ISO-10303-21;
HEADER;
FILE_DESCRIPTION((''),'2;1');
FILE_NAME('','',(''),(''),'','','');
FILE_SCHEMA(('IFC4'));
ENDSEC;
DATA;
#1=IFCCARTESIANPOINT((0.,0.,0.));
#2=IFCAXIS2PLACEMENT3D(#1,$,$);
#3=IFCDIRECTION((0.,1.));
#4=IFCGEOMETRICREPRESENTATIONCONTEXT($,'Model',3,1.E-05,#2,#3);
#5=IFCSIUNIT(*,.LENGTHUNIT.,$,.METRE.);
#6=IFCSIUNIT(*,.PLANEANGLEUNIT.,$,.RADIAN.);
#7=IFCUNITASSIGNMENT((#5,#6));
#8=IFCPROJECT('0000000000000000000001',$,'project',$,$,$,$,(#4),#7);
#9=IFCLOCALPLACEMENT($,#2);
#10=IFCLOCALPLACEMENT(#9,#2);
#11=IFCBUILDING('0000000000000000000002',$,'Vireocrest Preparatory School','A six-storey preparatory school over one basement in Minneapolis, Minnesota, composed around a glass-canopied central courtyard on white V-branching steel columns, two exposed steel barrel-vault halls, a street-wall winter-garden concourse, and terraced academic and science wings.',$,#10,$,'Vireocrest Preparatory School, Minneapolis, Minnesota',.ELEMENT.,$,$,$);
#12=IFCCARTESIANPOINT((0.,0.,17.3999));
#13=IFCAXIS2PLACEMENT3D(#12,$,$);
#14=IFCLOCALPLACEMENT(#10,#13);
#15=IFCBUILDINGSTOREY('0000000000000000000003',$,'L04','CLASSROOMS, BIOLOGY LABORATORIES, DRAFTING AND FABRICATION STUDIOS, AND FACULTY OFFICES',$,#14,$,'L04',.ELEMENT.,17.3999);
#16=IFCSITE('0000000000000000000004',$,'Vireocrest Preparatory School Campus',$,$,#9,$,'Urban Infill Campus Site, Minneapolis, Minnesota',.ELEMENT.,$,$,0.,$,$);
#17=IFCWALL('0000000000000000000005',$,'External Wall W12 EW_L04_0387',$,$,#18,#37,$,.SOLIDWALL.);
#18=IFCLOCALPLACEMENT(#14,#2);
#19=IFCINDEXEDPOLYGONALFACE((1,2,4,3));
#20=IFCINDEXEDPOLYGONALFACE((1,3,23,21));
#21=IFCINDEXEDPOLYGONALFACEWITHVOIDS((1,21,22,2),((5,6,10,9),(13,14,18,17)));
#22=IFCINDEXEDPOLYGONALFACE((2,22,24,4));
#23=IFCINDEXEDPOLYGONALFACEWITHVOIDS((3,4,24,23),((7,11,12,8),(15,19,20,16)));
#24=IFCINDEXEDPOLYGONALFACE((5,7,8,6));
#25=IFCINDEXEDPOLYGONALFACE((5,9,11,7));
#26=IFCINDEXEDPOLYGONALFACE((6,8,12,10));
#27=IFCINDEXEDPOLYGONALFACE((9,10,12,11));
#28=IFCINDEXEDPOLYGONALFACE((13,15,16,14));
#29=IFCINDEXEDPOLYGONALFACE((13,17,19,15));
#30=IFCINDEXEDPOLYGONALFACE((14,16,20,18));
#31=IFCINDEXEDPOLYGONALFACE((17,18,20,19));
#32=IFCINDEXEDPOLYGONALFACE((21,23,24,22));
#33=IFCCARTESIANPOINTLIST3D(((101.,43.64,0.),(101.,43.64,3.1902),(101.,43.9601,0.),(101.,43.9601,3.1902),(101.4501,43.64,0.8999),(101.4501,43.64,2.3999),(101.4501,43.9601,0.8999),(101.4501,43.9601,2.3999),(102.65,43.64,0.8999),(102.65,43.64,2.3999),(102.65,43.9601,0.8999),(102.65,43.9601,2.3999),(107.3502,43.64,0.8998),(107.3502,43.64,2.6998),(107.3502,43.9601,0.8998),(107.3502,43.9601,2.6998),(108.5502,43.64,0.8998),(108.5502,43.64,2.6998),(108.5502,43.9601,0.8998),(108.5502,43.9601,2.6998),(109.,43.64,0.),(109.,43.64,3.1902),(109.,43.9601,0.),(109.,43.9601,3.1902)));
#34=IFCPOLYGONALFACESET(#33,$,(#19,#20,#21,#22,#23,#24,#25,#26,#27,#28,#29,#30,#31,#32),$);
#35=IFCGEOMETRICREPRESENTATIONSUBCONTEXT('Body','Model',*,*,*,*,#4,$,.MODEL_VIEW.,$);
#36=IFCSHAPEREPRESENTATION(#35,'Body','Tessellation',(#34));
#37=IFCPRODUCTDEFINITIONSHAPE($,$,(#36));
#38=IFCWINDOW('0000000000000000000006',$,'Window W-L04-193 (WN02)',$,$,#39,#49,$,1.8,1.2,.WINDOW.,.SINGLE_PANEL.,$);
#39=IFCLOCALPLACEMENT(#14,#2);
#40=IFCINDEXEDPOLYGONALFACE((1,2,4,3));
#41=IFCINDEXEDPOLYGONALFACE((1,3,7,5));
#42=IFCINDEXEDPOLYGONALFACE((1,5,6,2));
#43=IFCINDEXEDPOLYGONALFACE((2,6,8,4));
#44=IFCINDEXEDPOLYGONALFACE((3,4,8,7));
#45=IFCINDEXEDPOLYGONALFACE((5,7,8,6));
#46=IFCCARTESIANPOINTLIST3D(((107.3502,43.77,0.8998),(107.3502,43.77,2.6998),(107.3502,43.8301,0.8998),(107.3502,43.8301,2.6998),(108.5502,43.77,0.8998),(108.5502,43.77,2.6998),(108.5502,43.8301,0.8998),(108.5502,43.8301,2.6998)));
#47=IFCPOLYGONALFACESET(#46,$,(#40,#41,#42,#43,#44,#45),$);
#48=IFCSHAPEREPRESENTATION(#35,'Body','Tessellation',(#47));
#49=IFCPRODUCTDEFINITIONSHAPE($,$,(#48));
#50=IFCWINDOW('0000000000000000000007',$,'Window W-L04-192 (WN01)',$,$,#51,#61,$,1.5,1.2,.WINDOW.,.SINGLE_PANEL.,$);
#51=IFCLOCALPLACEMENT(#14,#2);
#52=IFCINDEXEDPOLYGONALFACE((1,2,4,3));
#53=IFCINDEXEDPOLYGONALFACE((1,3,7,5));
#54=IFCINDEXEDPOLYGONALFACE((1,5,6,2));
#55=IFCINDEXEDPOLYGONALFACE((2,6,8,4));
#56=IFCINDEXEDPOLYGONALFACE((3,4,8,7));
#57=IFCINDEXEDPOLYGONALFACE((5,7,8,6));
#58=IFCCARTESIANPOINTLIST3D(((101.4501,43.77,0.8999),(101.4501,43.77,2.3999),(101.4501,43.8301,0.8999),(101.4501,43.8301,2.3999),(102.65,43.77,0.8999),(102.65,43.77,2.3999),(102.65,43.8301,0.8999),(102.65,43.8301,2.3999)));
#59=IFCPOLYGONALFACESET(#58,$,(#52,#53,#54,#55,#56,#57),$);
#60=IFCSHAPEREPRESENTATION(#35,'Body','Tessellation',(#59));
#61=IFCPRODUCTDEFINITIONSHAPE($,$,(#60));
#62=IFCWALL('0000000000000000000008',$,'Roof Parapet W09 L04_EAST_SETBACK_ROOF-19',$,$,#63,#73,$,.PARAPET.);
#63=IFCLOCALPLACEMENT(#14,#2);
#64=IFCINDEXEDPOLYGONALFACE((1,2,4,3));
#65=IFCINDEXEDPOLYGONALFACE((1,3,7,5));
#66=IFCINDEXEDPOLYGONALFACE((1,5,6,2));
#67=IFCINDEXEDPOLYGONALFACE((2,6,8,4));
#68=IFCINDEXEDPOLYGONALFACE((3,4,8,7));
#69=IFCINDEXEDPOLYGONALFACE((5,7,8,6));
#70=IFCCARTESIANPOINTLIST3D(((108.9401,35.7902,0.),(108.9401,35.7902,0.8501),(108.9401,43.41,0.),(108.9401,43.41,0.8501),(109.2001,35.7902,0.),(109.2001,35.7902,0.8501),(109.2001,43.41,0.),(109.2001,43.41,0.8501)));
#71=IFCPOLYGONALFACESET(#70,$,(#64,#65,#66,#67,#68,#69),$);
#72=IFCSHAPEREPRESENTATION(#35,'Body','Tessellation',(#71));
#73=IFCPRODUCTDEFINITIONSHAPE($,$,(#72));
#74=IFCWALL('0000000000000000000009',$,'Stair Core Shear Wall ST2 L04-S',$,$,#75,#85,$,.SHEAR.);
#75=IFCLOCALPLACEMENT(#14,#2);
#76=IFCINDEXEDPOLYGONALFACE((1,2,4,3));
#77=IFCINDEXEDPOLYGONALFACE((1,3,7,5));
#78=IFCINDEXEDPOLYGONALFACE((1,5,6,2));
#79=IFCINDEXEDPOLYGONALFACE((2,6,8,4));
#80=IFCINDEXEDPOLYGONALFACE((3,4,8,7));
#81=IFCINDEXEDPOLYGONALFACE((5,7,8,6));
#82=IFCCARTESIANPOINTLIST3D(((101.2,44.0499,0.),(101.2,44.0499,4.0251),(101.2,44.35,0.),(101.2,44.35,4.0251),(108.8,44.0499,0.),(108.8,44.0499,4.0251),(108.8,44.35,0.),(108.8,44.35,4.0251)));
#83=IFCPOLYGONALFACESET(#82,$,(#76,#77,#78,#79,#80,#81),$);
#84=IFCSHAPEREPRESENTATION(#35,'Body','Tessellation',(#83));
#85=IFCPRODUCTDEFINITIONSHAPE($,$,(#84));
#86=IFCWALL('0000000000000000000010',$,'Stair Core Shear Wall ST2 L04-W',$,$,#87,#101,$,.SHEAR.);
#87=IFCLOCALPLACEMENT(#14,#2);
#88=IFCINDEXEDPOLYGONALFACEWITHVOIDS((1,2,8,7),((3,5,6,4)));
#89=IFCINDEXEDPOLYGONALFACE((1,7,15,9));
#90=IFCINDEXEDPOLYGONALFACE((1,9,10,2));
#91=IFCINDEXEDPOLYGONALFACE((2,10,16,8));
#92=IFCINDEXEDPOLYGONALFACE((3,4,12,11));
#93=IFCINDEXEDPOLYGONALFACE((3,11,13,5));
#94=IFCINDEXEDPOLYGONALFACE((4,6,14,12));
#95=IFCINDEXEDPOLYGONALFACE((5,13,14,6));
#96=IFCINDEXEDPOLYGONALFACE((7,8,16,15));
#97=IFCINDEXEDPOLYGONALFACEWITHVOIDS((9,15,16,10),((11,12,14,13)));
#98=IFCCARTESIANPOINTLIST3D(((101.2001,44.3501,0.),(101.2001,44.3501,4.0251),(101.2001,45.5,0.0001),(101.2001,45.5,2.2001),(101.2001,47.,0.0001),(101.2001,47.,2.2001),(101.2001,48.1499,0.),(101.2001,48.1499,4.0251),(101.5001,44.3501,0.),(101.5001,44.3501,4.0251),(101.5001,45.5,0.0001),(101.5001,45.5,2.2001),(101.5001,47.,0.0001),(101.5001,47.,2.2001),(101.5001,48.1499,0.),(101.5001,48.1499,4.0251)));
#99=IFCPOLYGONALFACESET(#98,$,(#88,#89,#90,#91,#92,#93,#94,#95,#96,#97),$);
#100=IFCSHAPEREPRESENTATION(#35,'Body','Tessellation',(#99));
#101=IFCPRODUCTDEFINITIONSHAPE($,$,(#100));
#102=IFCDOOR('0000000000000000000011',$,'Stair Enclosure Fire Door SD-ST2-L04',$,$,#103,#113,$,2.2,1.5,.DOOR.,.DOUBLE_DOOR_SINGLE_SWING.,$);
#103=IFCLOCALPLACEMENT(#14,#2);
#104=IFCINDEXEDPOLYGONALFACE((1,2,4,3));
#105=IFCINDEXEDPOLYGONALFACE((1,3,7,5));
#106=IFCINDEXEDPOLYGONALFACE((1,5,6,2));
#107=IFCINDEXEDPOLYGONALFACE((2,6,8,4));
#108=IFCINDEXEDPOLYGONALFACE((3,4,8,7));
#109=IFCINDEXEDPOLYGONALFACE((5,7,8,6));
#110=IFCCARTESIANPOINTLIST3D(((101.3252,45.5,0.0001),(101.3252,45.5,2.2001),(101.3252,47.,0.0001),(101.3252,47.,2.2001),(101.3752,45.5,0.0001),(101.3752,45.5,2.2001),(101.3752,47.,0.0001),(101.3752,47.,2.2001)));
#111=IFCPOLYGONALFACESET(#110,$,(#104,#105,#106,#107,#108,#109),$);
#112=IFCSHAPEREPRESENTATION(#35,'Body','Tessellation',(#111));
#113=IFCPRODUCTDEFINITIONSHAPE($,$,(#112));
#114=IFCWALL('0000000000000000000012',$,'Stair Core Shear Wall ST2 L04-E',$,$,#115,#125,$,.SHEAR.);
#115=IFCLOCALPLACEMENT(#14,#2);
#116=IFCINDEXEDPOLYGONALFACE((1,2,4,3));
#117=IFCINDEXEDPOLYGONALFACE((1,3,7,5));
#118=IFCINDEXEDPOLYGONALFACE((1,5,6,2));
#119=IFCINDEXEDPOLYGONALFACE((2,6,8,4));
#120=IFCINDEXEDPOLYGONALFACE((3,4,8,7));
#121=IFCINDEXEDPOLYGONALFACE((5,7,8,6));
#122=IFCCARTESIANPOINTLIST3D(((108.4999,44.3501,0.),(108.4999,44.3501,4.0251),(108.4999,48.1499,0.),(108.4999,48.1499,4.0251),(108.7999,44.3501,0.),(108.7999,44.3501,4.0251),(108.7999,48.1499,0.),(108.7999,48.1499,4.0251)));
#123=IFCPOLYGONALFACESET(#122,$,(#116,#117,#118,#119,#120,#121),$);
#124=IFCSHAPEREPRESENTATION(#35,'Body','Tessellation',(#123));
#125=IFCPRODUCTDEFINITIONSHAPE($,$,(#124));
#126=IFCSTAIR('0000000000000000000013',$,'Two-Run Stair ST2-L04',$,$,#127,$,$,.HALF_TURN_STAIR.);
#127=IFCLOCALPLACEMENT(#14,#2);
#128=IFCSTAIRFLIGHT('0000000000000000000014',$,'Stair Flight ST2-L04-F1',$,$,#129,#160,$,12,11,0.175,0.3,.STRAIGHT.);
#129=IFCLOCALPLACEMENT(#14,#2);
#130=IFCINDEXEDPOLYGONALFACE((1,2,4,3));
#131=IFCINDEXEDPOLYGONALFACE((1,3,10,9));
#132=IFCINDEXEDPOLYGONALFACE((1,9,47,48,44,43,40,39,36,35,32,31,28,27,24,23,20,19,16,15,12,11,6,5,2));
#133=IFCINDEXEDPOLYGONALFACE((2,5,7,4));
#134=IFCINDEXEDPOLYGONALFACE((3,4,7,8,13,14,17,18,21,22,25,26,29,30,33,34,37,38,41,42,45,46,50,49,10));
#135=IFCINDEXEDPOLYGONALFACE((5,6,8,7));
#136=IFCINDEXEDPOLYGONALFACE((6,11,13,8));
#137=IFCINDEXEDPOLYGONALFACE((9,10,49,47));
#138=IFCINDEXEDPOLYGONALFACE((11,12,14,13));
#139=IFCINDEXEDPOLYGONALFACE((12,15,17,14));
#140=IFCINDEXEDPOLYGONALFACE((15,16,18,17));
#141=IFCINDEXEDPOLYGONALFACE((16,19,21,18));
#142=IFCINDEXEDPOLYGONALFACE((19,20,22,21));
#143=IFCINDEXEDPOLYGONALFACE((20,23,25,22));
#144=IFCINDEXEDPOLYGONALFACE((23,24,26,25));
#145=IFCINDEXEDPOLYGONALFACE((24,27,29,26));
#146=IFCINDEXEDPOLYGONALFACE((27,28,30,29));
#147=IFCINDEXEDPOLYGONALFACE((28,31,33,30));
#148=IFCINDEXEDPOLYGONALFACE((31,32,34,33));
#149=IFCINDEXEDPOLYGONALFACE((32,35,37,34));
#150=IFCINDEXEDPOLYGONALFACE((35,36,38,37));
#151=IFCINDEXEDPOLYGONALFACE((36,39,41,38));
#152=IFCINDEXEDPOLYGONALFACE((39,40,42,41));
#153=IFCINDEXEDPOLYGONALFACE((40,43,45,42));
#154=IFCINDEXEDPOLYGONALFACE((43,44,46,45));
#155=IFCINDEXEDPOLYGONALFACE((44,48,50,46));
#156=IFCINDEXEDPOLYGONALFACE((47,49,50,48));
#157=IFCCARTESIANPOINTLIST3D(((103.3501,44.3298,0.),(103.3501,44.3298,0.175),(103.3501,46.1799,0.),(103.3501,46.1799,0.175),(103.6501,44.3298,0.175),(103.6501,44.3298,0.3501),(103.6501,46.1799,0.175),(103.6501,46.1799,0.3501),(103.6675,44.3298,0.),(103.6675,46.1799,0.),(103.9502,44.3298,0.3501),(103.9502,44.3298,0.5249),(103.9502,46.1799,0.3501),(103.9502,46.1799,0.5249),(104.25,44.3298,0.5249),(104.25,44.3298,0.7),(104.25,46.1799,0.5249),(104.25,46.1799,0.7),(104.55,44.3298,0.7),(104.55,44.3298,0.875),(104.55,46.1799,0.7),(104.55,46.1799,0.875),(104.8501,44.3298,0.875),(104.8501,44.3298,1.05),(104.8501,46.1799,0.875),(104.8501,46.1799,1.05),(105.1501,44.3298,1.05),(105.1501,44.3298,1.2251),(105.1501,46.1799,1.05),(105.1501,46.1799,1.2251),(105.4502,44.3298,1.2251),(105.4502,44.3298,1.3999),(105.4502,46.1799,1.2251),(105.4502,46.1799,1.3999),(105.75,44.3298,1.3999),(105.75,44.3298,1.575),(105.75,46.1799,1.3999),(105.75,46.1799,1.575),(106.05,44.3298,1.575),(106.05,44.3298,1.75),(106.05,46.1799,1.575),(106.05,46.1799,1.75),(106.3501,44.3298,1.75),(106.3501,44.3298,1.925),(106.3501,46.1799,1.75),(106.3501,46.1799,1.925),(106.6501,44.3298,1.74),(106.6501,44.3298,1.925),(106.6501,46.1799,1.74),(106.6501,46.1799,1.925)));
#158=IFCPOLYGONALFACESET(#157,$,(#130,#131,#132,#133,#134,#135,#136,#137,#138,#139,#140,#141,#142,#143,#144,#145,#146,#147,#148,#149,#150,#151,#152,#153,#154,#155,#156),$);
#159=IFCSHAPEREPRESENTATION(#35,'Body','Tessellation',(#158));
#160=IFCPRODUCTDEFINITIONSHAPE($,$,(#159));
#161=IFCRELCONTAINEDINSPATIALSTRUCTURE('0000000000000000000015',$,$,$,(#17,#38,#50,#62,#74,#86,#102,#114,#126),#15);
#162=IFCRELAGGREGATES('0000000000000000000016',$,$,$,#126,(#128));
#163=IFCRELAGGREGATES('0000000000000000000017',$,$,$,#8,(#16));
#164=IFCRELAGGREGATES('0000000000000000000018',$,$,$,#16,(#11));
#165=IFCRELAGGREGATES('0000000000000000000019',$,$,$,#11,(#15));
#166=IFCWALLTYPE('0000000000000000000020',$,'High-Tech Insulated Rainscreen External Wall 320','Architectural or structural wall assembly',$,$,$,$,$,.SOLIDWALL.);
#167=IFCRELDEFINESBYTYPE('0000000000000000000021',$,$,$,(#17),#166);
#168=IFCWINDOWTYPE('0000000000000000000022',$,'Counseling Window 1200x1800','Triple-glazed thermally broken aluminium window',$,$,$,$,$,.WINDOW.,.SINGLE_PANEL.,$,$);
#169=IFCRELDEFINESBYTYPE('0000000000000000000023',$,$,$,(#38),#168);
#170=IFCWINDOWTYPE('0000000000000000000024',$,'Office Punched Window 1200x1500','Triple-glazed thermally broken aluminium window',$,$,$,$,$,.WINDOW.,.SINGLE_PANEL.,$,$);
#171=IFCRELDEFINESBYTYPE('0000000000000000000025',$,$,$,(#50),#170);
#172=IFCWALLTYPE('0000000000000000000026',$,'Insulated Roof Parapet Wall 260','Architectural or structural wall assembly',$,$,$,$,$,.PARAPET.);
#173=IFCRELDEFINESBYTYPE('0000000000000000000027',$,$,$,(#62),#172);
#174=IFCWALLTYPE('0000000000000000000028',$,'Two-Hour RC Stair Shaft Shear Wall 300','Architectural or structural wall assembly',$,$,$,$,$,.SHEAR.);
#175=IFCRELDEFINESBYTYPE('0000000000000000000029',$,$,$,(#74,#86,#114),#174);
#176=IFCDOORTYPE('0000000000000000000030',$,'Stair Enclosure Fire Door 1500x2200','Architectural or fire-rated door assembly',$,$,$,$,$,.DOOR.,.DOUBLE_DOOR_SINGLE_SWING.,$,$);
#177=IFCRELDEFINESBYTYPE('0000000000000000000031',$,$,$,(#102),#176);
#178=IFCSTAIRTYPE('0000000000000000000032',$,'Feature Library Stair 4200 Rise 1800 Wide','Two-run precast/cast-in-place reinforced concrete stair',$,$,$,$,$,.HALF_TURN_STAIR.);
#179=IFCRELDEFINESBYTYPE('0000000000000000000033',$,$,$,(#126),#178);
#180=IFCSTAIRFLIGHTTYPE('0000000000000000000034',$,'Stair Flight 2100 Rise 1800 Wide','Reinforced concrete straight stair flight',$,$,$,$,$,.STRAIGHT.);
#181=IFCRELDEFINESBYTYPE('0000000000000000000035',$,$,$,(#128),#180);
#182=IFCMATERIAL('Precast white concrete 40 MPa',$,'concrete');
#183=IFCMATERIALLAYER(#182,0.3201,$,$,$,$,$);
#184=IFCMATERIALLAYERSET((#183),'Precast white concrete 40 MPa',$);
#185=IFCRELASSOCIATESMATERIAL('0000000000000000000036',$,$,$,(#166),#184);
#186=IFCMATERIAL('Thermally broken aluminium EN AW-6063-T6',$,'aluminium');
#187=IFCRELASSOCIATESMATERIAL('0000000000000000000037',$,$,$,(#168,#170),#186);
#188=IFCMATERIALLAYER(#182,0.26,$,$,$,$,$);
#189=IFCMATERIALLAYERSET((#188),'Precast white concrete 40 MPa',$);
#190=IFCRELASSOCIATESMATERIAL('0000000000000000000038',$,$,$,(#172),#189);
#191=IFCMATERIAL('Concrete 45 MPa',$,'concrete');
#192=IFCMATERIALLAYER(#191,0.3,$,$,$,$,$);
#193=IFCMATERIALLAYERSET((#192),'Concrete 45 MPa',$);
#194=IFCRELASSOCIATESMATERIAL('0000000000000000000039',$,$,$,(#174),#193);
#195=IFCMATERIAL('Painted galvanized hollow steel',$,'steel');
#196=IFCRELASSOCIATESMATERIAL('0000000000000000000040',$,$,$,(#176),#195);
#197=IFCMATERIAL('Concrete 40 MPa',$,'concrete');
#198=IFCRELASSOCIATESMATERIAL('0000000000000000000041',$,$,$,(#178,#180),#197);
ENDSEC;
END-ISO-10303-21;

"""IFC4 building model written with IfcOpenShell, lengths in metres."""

from ifc_helpers import new_model, si_unit, direction, frame, frame_2d, origin, place, context, subcontext, project, spatial, polyline, rectangle, outline, extrude, material, layer, layer_set, type_object, element, fill, aggregate, save


model = new_model("IFC4")

# Units and contexts
model_context = context("Model", 3, precision=1e-05, world=origin(), true_north=direction((0.0, 1.0)))
body_context = subcontext(model_context, "Body", "Model", "MODEL_VIEW")
ifc_project = project(units=[si_unit("LENGTHUNIT", "METRE"), si_unit("PLANEANGLEUNIT", "RADIAN")], contexts=[model_context])

# Site, building, storey
site_placement = place(None, origin())
site = spatial("IfcSite", under=ifc_project, at=site_placement, Name="Vireocrest Preparatory School Campus", LongName="Urban Infill Campus Site, Minneapolis, Minnesota", CompositionType="ELEMENT", RefElevation=0.0)
building_placement = place(site_placement, origin())
building = spatial("IfcBuilding", under=site, at=building_placement, Name="Vireocrest Preparatory School", Description="A six-storey preparatory school over one basement in Minneapolis, Minnesota, composed around a glass-canopied central courtyard on white V-branching steel columns, two exposed steel barrel-vault halls, a street-wall winter-garden concourse, and terraced academic and science wings.", LongName="Vireocrest Preparatory School, Minneapolis, Minnesota", CompositionType="ELEMENT")
storey_placement = place(building_placement, frame((0.0, 0.0, 17.3999)))
storey = spatial("IfcBuildingStorey", under=building, at=storey_placement, Name="L04", Description="CLASSROOMS, BIOLOGY LABORATORIES, DRAFTING AND FABRICATION STUDIOS, AND FACULTY OFFICES", LongName="L04", CompositionType="ELEMENT", Elevation=17.3999)

# Shared definitions
ifc_material_1 = material(Name="Concrete 45 MPa", Category="concrete")

# Shared definitions
ifc_material_2 = material(Name="Thermally broken aluminium EN AW-6063-T6", Category="aluminium")

# Shared definitions
ifc_material_3 = material(Name="Concrete 40 MPa", Category="concrete")

# Wall, openings, windows
ifc_material_4 = material(Name="Precast white concrete 40 MPa", Category="concrete")
ifc_layer_1 = layer(ifc_material_4, 0.3201)
ifc_layer_set_1 = layer_set([ifc_layer_1], Name="Precast white concrete 40 MPa")
wall_type_1 = type_object("IfcWallType", Name="High-Tech Insulated Rainscreen External Wall 320", Description="Architectural or structural wall assembly", PredefinedType="SOLIDWALL", material=ifc_layer_set_1)
wall_1_placement = place(storey_placement, frame((101.0, 43.8, 0.0), z_axis=(0.0, 0.0, 1.0), x_axis=(1.0, 0.0, 0.0)))
wall_1 = element("IfcWall", 1, at=wall_1_placement, inside=storey, type_object=wall_type_1, Name="External Wall W12 EW_L04_0387", PredefinedType="SOLIDWALL", context=body_context, shape_type="SweptSolid", body=[
    extrude(rectangle(XDim=8.0, YDim=0.3201, at=frame_2d((4.0, 0.0))), origin(), (0.0, 0.0, 1.0), 3.1902),
])
opening_1_placement = place(wall_1_placement, frame((0.45, 0.0, 0.8999)))
opening_1 = element("IfcOpeningElement", 2, at=opening_1_placement, cuts=wall_1, PredefinedType="OPENING", context=body_context, shape_type="SweptSolid", body=[
    extrude(rectangle(XDim=1.2, YDim=1.5, at=frame_2d((0.6001, 0.75))), frame((0.0, 0.1699, 0.0), z_axis=(0.0, -1.0, 0.0), x_axis=(1.0, 0.0, 0.0)), (0.0, 0.0, 1.0), 0.3401),
])
opening_2_placement = place(wall_1_placement, frame((6.3501, 0.0, 0.8999)))
opening_2 = element("IfcOpeningElement", 3, at=opening_2_placement, cuts=wall_1, PredefinedType="OPENING", context=body_context, shape_type="SweptSolid", body=[
    extrude(rectangle(XDim=1.2, YDim=1.8, at=frame_2d((0.6001, 0.8999))), frame((0.0, 0.1699, 0.0), z_axis=(0.0, -1.0, 0.0), x_axis=(1.0, 0.0, 0.0)), (0.0, 0.0, 1.0), 0.3401),
])
window_type_1 = type_object("IfcWindowType", Name="Counseling Window 1200x1800", Description="Triple-glazed thermally broken aluminium window", PartitioningType="SINGLE_PANEL", PredefinedType="WINDOW", material=ifc_material_2)
window_1_placement = place(opening_2_placement, origin())
window_1 = element("IfcWindow", 4, at=window_1_placement, inside=storey, type_object=window_type_1, Name="Window W-L04-193 (WN02)", OverallHeight=1.8, OverallWidth=1.2, PartitioningType="SINGLE_PANEL", PredefinedType="WINDOW", context=body_context, shape_type="SweptSolid", body=[
    extrude(rectangle(XDim=1.2, YDim=1.8, at=frame_2d((0.6001, 0.8999))), frame((0.0, 0.03, 0.0), z_axis=(0.0, -1.0, 0.0), x_axis=(1.0, 0.0, 0.0)), (0.0, 0.0, 1.0), 0.0601),
])
fill(opening_2, window_1)
window_type_2 = type_object("IfcWindowType", Name="Office Punched Window 1200x1500", Description="Triple-glazed thermally broken aluminium window", PartitioningType="SINGLE_PANEL", PredefinedType="WINDOW", material=ifc_material_2)
window_2_placement = place(opening_1_placement, origin())
window_2 = element("IfcWindow", 5, at=window_2_placement, inside=storey, type_object=window_type_2, Name="Window W-L04-192 (WN01)", OverallHeight=1.5, OverallWidth=1.2, PartitioningType="SINGLE_PANEL", PredefinedType="WINDOW", context=body_context, shape_type="SweptSolid", body=[
    extrude(rectangle(XDim=1.2, YDim=1.5, at=frame_2d((0.6001, 0.75))), frame((0.0, 0.03, 0.0), z_axis=(0.0, -1.0, 0.0), x_axis=(1.0, 0.0, 0.0)), (0.0, 0.0, 1.0), 0.0601),
])
fill(opening_1, window_2)

# Walls
ifc_layer_2 = layer(ifc_material_4, 0.26)
ifc_layer_set_2 = layer_set([ifc_layer_2], Name="Precast white concrete 40 MPa")
wall_type_2 = type_object("IfcWallType", Name="Insulated Roof Parapet Wall 260", Description="Architectural or structural wall assembly", PredefinedType="PARAPET", material=ifc_layer_set_2)
wall_2_placement = place(storey_placement, frame((109.0701, 35.79, 0.0), z_axis=(0.0, 0.0, 1.0), x_axis=(0.0, 1.0, 0.0)))
element("IfcWall", 6, at=wall_2_placement, inside=storey, type_object=wall_type_2, Name="Roof Parapet W09 L04_EAST_SETBACK_ROOF-19", PredefinedType="PARAPET", context=body_context, shape_type="SweptSolid", body=[
    extrude(rectangle(XDim=7.6199, YDim=0.26, at=frame_2d((3.8101, 0.0))), origin(), (0.0, 0.0, 1.0), 0.8501),
])
ifc_layer_3 = layer(ifc_material_1, 0.3)
ifc_layer_set_3 = layer_set([ifc_layer_3], Name="Concrete 45 MPa")
wall_type_3 = type_object("IfcWallType", Name="Two-Hour RC Stair Shaft Shear Wall 300", Description="Architectural or structural wall assembly", PredefinedType="SHEAR", material=ifc_layer_set_3)
wall_3_placement = place(storey_placement, frame((101.2, 44.2, 0.0), z_axis=(0.0, 0.0, 1.0), x_axis=(1.0, 0.0, 0.0)))
element("IfcWall", 7, at=wall_3_placement, inside=storey, type_object=wall_type_3, Name="Stair Core Shear Wall ST2 L04-S", PredefinedType="SHEAR", context=body_context, shape_type="SweptSolid", body=[
    extrude(rectangle(XDim=7.6001, YDim=0.3, at=frame_2d((3.8, 0.0))), origin(), (0.0, 0.0, 1.0), 4.0251),
])

# Wall, opening, door
wall_4_placement = place(storey_placement, frame((101.3501, 44.3501, 0.0), z_axis=(0.0, 0.0, 1.0), x_axis=(0.0, 1.0, 0.0)))
wall_4 = element("IfcWall", 8, at=wall_4_placement, inside=storey, type_object=wall_type_3, Name="Stair Core Shear Wall ST2 L04-W", PredefinedType="SHEAR", context=body_context, shape_type="SweptSolid", body=[
    extrude(rectangle(XDim=3.7998, YDim=0.3, at=frame_2d((1.8999, 0.0))), origin(), (0.0, 0.0, 1.0), 4.0251),
])
opening_3_placement = place(wall_4_placement, frame((1.1499, 0.0, 0.0)))
opening_3 = element("IfcOpeningElement", 9, at=opening_3_placement, cuts=wall_4, PredefinedType="OPENING", context=body_context, shape_type="SweptSolid", body=[
    extrude(rectangle(XDim=1.5, YDim=2.2, at=frame_2d((0.75, 1.1001))), frame((0.0, 0.1599, 0.0), z_axis=(0.0, -1.0, 0.0), x_axis=(1.0, 0.0, 0.0)), (0.0, 0.0, 1.0), 0.3201),
])
ifc_material_5 = material(Name="Painted galvanized hollow steel", Category="steel")
door_type = type_object("IfcDoorType", Name="Stair Enclosure Fire Door 1500x2200", Description="Architectural or fire-rated door assembly", OperationType="DOUBLE_DOOR_SINGLE_SWING", PredefinedType="DOOR", material=ifc_material_5)
door_placement = place(opening_3_placement, origin())
door = element("IfcDoor", 10, at=door_placement, inside=storey, type_object=door_type, Name="Stair Enclosure Fire Door SD-ST2-L04", OperationType="DOUBLE_DOOR_SINGLE_SWING", OverallHeight=2.2, OverallWidth=1.5, PredefinedType="DOOR", context=body_context, shape_type="SweptSolid", body=[
    extrude(rectangle(XDim=1.5, YDim=2.2, at=frame_2d((0.75, 1.1001))), frame((0.0, 0.0249, 0.0), z_axis=(0.0, -1.0, 0.0), x_axis=(1.0, 0.0, 0.0)), (0.0, 0.0, 1.0), 0.05),
])
fill(opening_3, door)

# Wall
wall_5_placement = place(storey_placement, frame((108.6499, 44.3501, 0.0), z_axis=(0.0, 0.0, 1.0), x_axis=(0.0, 1.0, 0.0)))
element("IfcWall", 11, at=wall_5_placement, inside=storey, type_object=wall_type_3, Name="Stair Core Shear Wall ST2 L04-E", PredefinedType="SHEAR", context=body_context, shape_type="SweptSolid", body=[
    extrude(rectangle(XDim=3.7998, YDim=0.3, at=frame_2d((1.8999, 0.0))), origin(), (0.0, 0.0, 1.0), 4.0251),
])

# Stair, stair flight
stair_type = type_object("IfcStairType", Name="Feature Library Stair 4200 Rise 1800 Wide", Description="Two-run precast/cast-in-place reinforced concrete stair", PredefinedType="HALF_TURN_STAIR", material=ifc_material_3)
stair_placement = place(storey_placement, origin())
stair = element("IfcStair", 12, at=stair_placement, inside=storey, type_object=stair_type, Name="Two-Run Stair ST2-L04", PredefinedType="HALF_TURN_STAIR")
stair_flight_type = type_object("IfcStairFlightType", Name="Stair Flight 2100 Rise 1800 Wide", Description="Reinforced concrete straight stair flight", PredefinedType="STRAIGHT", material=ifc_material_3)
stair_flight_placement = place(storey_placement, frame((103.3501, 45.2549, 0.0), z_axis=(0.0, 0.0, 1.0), x_axis=(1.0, 0.0, 0.0)))
stair_flight = element("IfcStairFlight", 13, at=stair_flight_placement, type_object=stair_flight_type, Name="Stair Flight ST2-L04-F1", NumberOfRisers=12, NumberOfTreads=11, PredefinedType="STRAIGHT", RiserHeight=0.175, TreadLength=0.3, context=body_context, shape_type="SweptSolid", body=[
    extrude(outline(polyline([(0.0, 0.0), (0.0, 0.175), (0.3, 0.175), (0.3, 0.3501), (0.6001, 0.3501), (0.6001, 0.5249), (0.8999, 0.5249), (0.8999, 0.7), (1.2, 0.7), (1.2, 0.875), (1.5, 0.875), (1.5, 1.05), (1.8, 1.05), (1.8, 1.2251), (2.1001, 1.2251), (2.1001, 1.3999), (2.3999, 1.3999), (2.3999, 1.575), (2.7, 1.575), (2.7, 1.75), (3.0, 1.75), (3.0, 1.925), (3.3, 1.925), (3.3, 2.1001), (3.3, 1.74), (0.3174, 0.0), (0.0, 0.0)])), frame((0.0, 0.925, 0.0), z_axis=(0.0, -1.0, 0.0), x_axis=(1.0, 0.0, 0.0)), (0.0, 0.0, 1.0), 1.8501),
])
aggregate(stair, [stair_flight])

save(model, "model.ifc")
